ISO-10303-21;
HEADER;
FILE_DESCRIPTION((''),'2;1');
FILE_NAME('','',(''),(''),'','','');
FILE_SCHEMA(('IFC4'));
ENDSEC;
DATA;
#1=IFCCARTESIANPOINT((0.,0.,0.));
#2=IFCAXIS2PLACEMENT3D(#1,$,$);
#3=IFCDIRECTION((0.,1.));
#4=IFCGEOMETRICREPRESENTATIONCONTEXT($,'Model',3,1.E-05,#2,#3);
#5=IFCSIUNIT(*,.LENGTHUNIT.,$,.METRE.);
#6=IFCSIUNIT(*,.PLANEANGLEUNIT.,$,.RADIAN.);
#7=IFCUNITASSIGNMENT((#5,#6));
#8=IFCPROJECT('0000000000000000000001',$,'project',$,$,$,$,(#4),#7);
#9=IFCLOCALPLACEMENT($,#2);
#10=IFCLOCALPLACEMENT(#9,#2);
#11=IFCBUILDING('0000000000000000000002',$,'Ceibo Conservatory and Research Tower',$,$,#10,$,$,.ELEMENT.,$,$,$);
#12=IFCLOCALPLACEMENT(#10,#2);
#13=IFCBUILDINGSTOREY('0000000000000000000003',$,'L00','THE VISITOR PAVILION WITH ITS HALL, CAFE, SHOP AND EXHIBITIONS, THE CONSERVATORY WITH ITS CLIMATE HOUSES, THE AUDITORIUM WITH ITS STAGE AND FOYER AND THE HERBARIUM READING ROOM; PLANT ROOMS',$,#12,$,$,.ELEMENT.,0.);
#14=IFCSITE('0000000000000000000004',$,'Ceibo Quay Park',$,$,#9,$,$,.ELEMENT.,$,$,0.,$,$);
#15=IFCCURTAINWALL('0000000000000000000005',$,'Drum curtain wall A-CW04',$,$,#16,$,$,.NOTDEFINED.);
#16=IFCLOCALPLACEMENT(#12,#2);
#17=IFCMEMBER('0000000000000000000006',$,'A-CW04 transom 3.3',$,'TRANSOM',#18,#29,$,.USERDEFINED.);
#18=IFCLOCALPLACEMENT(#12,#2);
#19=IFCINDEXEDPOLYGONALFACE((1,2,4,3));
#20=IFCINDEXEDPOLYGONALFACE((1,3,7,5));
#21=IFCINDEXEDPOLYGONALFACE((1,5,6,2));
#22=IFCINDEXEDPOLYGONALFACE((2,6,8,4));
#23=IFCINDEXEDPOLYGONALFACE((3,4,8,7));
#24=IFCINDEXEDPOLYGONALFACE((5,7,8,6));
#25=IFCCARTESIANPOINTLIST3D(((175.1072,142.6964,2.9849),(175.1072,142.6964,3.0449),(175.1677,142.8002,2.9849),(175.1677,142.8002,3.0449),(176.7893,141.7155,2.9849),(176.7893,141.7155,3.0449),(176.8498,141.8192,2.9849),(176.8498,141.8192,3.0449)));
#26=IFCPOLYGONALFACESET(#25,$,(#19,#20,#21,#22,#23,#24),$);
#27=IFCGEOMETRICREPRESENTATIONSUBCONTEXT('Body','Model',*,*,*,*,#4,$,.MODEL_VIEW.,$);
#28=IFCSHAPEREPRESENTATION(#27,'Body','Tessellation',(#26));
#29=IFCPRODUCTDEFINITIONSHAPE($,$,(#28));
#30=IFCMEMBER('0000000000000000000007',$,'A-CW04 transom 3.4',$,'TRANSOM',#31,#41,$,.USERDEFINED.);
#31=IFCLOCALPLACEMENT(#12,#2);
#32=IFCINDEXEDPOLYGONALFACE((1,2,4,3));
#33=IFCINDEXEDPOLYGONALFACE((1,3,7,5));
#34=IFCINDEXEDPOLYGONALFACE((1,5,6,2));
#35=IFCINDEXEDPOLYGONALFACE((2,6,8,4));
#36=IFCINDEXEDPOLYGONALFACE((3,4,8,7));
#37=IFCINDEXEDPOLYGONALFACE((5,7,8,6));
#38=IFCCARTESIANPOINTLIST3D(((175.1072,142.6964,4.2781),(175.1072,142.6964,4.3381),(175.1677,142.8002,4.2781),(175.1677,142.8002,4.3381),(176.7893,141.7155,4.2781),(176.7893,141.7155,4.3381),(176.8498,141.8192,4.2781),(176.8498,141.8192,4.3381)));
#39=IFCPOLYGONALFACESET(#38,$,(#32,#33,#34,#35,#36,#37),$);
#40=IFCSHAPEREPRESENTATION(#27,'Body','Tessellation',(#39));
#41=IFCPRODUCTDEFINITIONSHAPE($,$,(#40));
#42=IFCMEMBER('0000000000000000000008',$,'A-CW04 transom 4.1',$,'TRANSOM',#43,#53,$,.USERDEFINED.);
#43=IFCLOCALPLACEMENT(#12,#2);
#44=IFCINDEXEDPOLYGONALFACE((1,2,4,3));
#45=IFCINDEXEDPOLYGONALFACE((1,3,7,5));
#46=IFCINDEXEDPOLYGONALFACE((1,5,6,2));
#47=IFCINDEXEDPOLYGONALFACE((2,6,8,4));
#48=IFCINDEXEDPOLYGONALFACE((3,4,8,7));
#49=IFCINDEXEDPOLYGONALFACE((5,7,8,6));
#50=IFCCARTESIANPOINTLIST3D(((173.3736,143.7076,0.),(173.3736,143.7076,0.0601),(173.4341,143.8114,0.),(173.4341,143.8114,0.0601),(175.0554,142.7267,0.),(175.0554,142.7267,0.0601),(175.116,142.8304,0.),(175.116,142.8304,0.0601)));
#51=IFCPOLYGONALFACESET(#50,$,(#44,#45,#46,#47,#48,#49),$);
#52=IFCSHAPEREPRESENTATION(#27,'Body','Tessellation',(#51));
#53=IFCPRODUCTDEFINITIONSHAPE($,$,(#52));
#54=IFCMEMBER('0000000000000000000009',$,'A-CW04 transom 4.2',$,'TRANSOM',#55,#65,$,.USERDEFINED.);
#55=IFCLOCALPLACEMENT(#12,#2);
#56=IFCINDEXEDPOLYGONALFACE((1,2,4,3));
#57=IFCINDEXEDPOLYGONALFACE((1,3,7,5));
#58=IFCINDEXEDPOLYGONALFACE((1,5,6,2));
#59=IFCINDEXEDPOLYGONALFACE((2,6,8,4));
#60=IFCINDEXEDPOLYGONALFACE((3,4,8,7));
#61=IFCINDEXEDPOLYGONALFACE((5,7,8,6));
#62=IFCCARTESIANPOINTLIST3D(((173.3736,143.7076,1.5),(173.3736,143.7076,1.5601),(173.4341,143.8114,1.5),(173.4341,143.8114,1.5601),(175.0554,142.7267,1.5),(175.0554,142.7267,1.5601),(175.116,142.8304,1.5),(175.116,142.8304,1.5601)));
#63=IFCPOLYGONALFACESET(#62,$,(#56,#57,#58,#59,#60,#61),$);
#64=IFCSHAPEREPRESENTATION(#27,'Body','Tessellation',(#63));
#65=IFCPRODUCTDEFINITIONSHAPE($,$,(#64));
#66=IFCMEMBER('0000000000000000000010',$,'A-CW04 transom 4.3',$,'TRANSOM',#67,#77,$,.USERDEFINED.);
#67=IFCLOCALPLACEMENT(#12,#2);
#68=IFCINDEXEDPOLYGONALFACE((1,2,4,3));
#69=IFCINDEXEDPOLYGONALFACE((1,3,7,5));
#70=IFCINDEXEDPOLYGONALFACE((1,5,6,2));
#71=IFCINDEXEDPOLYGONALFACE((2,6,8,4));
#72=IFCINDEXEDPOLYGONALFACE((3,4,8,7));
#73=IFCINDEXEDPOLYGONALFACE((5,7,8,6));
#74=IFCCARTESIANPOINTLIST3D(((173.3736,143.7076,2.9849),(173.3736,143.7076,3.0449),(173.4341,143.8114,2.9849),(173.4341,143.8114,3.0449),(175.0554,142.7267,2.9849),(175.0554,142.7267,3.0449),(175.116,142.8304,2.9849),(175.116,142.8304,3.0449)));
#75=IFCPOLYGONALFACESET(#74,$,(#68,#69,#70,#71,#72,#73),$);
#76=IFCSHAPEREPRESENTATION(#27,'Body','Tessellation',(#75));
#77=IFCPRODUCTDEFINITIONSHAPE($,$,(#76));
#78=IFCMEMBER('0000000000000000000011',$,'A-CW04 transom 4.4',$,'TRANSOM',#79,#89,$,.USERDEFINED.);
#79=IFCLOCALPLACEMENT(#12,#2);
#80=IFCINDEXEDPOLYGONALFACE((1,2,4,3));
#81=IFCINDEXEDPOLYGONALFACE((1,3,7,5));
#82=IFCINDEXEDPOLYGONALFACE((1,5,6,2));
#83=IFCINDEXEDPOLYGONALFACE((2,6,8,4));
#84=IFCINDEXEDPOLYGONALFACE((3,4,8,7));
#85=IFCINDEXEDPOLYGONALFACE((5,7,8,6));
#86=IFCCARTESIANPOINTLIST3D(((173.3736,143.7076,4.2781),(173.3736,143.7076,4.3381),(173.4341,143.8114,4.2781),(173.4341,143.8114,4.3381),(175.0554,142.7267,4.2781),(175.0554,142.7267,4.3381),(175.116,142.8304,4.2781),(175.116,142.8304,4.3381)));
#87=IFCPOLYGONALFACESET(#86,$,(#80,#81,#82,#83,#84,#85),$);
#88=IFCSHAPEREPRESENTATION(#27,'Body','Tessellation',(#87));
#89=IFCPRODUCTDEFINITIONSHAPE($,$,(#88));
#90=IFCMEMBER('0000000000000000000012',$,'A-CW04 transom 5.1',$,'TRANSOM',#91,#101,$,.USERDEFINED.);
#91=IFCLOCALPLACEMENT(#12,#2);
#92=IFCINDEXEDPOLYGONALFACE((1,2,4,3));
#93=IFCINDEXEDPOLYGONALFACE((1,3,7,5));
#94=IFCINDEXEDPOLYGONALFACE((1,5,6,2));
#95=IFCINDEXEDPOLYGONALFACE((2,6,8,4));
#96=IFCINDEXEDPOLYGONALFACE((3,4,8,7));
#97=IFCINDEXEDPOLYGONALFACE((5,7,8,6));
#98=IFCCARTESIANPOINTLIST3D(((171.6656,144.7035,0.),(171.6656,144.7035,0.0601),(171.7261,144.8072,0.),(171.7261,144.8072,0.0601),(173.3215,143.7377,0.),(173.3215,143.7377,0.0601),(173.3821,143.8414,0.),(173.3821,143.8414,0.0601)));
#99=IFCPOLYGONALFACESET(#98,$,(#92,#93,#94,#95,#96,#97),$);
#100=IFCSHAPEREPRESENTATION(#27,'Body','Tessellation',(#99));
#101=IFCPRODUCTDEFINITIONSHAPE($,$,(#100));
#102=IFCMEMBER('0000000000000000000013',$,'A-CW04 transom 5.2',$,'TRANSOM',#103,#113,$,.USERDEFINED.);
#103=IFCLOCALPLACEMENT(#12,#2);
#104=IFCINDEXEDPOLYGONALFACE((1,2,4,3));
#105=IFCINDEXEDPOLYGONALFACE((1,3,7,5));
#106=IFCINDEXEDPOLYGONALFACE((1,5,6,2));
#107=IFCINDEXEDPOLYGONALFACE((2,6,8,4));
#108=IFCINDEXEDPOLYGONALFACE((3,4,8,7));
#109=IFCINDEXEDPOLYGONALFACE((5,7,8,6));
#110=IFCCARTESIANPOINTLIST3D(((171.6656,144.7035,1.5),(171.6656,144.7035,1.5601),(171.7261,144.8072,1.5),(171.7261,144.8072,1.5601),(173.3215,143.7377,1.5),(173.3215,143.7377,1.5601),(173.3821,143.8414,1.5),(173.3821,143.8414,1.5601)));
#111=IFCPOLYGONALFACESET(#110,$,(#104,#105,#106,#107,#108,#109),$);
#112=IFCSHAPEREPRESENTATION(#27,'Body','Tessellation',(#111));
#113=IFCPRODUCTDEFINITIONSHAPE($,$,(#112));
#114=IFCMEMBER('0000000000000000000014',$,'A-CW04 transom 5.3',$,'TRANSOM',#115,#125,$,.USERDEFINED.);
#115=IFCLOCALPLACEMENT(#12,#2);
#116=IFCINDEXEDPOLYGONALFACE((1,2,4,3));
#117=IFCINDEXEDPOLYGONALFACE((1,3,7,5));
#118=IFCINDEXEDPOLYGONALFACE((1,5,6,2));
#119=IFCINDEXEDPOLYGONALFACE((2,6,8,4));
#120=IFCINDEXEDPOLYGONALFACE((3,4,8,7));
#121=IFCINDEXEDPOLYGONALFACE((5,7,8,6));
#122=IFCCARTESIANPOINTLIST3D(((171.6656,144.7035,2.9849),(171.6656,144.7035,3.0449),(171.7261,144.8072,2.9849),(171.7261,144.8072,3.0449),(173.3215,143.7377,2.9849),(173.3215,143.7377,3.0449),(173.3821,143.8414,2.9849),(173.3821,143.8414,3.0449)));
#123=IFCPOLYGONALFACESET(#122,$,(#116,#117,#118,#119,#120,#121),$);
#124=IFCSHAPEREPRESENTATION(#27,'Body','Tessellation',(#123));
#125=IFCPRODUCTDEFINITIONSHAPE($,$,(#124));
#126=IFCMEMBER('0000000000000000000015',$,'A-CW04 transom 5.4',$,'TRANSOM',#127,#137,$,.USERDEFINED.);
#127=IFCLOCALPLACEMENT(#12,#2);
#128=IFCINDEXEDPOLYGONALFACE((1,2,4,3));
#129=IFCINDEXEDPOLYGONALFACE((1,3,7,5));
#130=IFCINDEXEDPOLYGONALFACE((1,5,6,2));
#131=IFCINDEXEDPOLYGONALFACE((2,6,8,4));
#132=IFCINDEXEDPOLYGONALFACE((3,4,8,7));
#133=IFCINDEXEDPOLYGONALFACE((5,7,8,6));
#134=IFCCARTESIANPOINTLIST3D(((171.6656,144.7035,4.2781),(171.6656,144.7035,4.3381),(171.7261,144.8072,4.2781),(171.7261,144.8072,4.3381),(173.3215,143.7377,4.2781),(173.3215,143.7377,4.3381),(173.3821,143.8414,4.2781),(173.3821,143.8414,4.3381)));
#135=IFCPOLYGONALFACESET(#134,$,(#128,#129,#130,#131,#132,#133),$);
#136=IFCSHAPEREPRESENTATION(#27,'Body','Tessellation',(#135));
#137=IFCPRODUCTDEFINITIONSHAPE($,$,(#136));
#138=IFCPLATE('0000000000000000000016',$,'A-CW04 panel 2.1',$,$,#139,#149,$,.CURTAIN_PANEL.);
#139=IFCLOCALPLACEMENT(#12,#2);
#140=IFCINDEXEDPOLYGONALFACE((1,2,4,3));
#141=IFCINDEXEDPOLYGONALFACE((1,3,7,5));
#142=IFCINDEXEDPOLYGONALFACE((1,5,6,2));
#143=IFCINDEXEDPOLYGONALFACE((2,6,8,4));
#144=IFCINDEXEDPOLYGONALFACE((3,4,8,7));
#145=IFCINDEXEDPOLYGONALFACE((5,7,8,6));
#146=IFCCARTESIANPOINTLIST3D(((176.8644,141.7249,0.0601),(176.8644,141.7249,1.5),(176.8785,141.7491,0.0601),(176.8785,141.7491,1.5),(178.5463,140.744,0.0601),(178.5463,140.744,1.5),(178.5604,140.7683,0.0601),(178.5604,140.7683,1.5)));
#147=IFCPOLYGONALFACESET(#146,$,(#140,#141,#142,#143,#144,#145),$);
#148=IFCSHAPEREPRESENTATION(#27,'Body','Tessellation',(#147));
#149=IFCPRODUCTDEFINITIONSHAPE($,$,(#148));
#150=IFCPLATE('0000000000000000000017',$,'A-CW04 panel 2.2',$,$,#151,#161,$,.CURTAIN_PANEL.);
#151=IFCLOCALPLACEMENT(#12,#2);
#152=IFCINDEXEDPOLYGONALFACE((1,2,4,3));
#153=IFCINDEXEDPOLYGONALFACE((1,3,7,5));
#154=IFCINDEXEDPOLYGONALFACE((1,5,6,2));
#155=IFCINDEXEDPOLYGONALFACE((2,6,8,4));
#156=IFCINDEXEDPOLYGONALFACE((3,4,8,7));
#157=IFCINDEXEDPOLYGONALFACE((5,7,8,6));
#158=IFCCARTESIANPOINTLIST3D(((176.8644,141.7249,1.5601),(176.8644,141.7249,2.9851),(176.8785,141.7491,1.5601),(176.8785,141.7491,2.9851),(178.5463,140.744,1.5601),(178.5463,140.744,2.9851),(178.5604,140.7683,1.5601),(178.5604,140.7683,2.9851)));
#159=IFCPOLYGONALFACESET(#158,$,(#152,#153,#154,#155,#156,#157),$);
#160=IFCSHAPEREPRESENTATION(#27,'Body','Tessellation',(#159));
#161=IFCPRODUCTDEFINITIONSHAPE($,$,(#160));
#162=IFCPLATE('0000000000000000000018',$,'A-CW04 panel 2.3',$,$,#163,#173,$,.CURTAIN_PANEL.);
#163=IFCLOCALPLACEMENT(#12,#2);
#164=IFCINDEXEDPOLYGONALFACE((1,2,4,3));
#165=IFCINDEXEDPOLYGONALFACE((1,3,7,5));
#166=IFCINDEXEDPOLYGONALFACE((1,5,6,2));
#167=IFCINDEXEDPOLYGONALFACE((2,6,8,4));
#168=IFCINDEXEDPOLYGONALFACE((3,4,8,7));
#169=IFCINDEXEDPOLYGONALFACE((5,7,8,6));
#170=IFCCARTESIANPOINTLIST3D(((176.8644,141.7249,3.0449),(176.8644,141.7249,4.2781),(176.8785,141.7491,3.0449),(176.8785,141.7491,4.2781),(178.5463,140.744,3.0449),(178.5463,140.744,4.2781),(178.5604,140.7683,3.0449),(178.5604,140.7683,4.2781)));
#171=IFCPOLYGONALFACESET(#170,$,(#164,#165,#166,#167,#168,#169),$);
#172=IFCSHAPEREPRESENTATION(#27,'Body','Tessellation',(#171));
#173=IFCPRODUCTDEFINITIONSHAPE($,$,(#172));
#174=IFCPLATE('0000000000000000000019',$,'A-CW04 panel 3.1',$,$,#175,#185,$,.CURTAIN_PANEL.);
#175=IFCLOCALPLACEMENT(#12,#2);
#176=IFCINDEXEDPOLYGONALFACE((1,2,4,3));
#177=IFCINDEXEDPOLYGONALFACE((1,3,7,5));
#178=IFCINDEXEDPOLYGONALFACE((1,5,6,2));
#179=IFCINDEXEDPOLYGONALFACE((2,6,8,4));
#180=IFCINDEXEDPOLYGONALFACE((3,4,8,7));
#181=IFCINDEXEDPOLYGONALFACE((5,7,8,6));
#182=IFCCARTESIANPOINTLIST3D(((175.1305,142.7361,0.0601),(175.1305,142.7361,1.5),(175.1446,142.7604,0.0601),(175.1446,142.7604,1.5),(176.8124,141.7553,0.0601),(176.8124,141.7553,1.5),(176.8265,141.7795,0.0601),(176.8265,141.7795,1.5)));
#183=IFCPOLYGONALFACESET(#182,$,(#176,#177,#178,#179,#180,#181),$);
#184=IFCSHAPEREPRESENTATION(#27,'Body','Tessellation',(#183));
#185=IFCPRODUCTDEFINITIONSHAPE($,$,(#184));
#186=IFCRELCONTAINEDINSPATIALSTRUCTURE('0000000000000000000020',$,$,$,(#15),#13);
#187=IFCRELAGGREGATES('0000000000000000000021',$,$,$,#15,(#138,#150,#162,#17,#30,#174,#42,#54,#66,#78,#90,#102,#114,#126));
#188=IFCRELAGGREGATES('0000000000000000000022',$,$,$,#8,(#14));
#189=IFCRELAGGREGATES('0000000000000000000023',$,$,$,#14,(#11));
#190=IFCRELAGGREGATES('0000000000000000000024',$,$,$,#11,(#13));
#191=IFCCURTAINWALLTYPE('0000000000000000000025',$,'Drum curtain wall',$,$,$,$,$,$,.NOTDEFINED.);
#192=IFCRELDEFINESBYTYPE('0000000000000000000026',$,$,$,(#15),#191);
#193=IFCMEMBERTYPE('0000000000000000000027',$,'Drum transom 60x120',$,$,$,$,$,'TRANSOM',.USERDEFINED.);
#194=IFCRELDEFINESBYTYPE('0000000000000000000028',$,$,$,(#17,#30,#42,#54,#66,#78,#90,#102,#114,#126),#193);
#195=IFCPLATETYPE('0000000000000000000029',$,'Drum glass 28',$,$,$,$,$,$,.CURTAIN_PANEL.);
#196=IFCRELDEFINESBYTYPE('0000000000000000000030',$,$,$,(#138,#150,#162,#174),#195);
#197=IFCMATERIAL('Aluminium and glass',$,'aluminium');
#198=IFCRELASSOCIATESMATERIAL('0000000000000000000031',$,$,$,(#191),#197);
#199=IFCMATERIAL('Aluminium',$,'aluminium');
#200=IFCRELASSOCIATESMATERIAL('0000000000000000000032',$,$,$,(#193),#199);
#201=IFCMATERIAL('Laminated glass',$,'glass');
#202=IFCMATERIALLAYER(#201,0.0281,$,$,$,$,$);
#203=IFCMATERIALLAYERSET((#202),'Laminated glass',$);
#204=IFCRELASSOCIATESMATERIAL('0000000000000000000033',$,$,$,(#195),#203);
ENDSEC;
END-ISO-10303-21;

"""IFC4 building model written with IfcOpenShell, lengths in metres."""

from ifc_helpers import new_model, si_unit, direction, frame, origin, origin_2d, place, context, subcontext, project, spatial, rectangle, extrude, material, layer, layer_set, material_profile, profile_set, type_object, element, aggregate, save


model = new_model("IFC4")

# Units and contexts
model_context = context("Model", 3, precision=1e-05, world=origin(), true_north=direction((0.0, 1.0)))
body_context = subcontext(model_context, "Body", "Model", "MODEL_VIEW")
ifc_project = project(units=[si_unit("LENGTHUNIT", "METRE"), si_unit("PLANEANGLEUNIT", "RADIAN")], contexts=[model_context])

# Site, building, storey
site_placement = place(None, origin())
site = spatial("IfcSite", under=ifc_project, at=site_placement, Name="Ceibo Quay Park", CompositionType="ELEMENT", RefElevation=0.0)
building_placement = place(site_placement, origin())
building = spatial("IfcBuilding", under=site, at=building_placement, Name="Ceibo Conservatory and Research Tower", CompositionType="ELEMENT")
storey_placement = place(building_placement, origin())
storey = spatial("IfcBuildingStorey", under=building, at=storey_placement, Name="L00", Description="THE VISITOR PAVILION WITH ITS HALL, CAFE, SHOP AND EXHIBITIONS, THE CONSERVATORY WITH ITS CLIMATE HOUSES, THE AUDITORIUM WITH ITS STAGE AND FOYER AND THE HERBARIUM READING ROOM; PLANT ROOMS", CompositionType="ELEMENT", Elevation=0.0)

# Curtain wall, members, plates
ifc_material_1 = material(Name="Aluminium and glass", Category="aluminium")
curtain_wall_type = type_object("IfcCurtainWallType", Name="Drum curtain wall", PredefinedType="NOTDEFINED", material=ifc_material_1)
curtain_wall_placement = place(storey_placement, origin())
curtain_wall = element("IfcCurtainWall", 1, at=curtain_wall_placement, inside=storey, type_object=curtain_wall_type, Name="Drum curtain wall A-CW04", PredefinedType="NOTDEFINED")
ifc_material_2 = material(Name="Aluminium", Category="aluminium")
ifc_material_profile_1 = material_profile(ifc_material_2, rectangle(XDim=0.1201, YDim=0.0601, at=origin_2d()), Name="AL 60x120")
ifc_profile_set_1 = profile_set([ifc_material_profile_1], Name="Aluminium")
member_type_1 = type_object("IfcMemberType", Name="Drum transom 60x120", ElementType="TRANSOM", PredefinedType="USERDEFINED", material=ifc_profile_set_1)
member_1_placement = place(storey_placement, frame((176.8196, 141.7673, 3.0149), z_axis=(-0.863843, 0.503762, 0.0), x_axis=(-0.503762, -0.863843, 0.0)))
member_1 = element("IfcMember", 2, at=member_1_placement, type_object=member_type_1, Name="A-CW04 transom 3.3", ObjectType="TRANSOM", PredefinedType="USERDEFINED", context=body_context, shape_type="SweptSolid", body=[
    extrude(rectangle(XDim=0.1201, YDim=0.0601, at=origin_2d()), origin(), (0.0, 0.0, 1.0), 1.9473),
])
member_2_placement = place(storey_placement, frame((176.8196, 141.7673, 4.3081), z_axis=(-0.863843, 0.503762, 0.0), x_axis=(-0.503762, -0.863843, 0.0)))
member_2 = element("IfcMember", 3, at=member_2_placement, type_object=member_type_1, Name="A-CW04 transom 3.4", ObjectType="TRANSOM", PredefinedType="USERDEFINED", context=body_context, shape_type="SweptSolid", body=[
    extrude(rectangle(XDim=0.1201, YDim=0.0601, at=origin_2d()), origin(), (0.0, 0.0, 1.0), 1.9473),
])
member_3_placement = place(storey_placement, frame((175.0857, 142.7786, 0.03), z_axis=(-0.863811, 0.503816, 0.0), x_axis=(-0.503816, -0.863811, 0.0)))
member_3 = element("IfcMember", 4, at=member_3_placement, type_object=member_type_1, Name="A-CW04 transom 4.1", ObjectType="TRANSOM", PredefinedType="USERDEFINED", context=body_context, shape_type="SweptSolid", body=[
    extrude(rectangle(XDim=0.1201, YDim=0.0601, at=origin_2d()), origin(), (0.0, 0.0, 1.0), 1.947),
])
member_4_placement = place(storey_placement, frame((175.0857, 142.7786, 1.53), z_axis=(-0.863811, 0.503816, 0.0), x_axis=(-0.503816, -0.863811, 0.0)))
member_4 = element("IfcMember", 5, at=member_4_placement, type_object=member_type_1, Name="A-CW04 transom 4.2", ObjectType="TRANSOM", PredefinedType="USERDEFINED", context=body_context, shape_type="SweptSolid", body=[
    extrude(rectangle(XDim=0.1201, YDim=0.0601, at=origin_2d()), origin(), (0.0, 0.0, 1.0), 1.947),
])
member_5_placement = place(storey_placement, frame((175.0857, 142.7786, 3.0149), z_axis=(-0.863811, 0.503816, 0.0), x_axis=(-0.503816, -0.863811, 0.0)))
member_5 = element("IfcMember", 6, at=member_5_placement, type_object=member_type_1, Name="A-CW04 transom 4.3", ObjectType="TRANSOM", PredefinedType="USERDEFINED", context=body_context, shape_type="SweptSolid", body=[
    extrude(rectangle(XDim=0.1201, YDim=0.0601, at=origin_2d()), origin(), (0.0, 0.0, 1.0), 1.947),
])
member_6_placement = place(storey_placement, frame((175.0857, 142.7786, 4.3081), z_axis=(-0.863811, 0.503816, 0.0), x_axis=(-0.503816, -0.863811, 0.0)))
member_6 = element("IfcMember", 7, at=member_6_placement, type_object=member_type_1, Name="A-CW04 transom 4.4", ObjectType="TRANSOM", PredefinedType="USERDEFINED", context=body_context, shape_type="SweptSolid", body=[
    extrude(rectangle(XDim=0.1201, YDim=0.0601, at=origin_2d()), origin(), (0.0, 0.0, 1.0), 1.947),
])
member_7_placement = place(storey_placement, frame((173.3518, 143.7896, 0.03), z_axis=(-0.86382, 0.5038, 0.0), x_axis=(-0.5038, -0.86382, 0.0)))
member_7 = element("IfcMember", 8, at=member_7_placement, type_object=member_type_1, Name="A-CW04 transom 5.1", ObjectType="TRANSOM", PredefinedType="USERDEFINED", context=body_context, shape_type="SweptSolid", body=[
    extrude(rectangle(XDim=0.1201, YDim=0.0601, at=origin_2d()), origin(), (0.0, 0.0, 1.0), 1.917),
])
member_8_placement = place(storey_placement, frame((173.3518, 143.7896, 1.53), z_axis=(-0.86382, 0.5038, 0.0), x_axis=(-0.5038, -0.86382, 0.0)))
member_8 = element("IfcMember", 9, at=member_8_placement, type_object=member_type_1, Name="A-CW04 transom 5.2", ObjectType="TRANSOM", PredefinedType="USERDEFINED", context=body_context, shape_type="SweptSolid", body=[
    extrude(rectangle(XDim=0.1201, YDim=0.0601, at=origin_2d()), origin(), (0.0, 0.0, 1.0), 1.917),
])
member_9_placement = place(storey_placement, frame((173.3518, 143.7896, 3.0149), z_axis=(-0.86382, 0.5038, 0.0), x_axis=(-0.5038, -0.86382, 0.0)))
member_9 = element("IfcMember", 10, at=member_9_placement, type_object=member_type_1, Name="A-CW04 transom 5.3", ObjectType="TRANSOM", PredefinedType="USERDEFINED", context=body_context, shape_type="SweptSolid", body=[
    extrude(rectangle(XDim=0.1201, YDim=0.0601, at=origin_2d()), origin(), (0.0, 0.0, 1.0), 1.917),
])
member_10_placement = place(storey_placement, frame((173.3518, 143.7896, 4.3081), z_axis=(-0.86382, 0.5038, 0.0), x_axis=(-0.5038, -0.86382, 0.0)))
member_10 = element("IfcMember", 11, at=member_10_placement, type_object=member_type_1, Name="A-CW04 transom 5.4", ObjectType="TRANSOM", PredefinedType="USERDEFINED", context=body_context, shape_type="SweptSolid", body=[
    extrude(rectangle(XDim=0.1201, YDim=0.0601, at=origin_2d()), origin(), (0.0, 0.0, 1.0), 1.917),
])
ifc_material_3 = material(Name="Laminated glass", Category="glass")
ifc_layer = layer(ifc_material_3, 0.0281)
ifc_layer_set = layer_set([ifc_layer], Name="Laminated glass")
plate_type = type_object("IfcPlateType", Name="Drum glass 28", PredefinedType="CURTAIN_PANEL", material=ifc_layer_set)
plate_1_placement = place(storey_placement, frame((177.7124, 141.2466, 0.0601), z_axis=(0.0, 0.0, 1.0), x_axis=(-0.863836, 0.503774, 0.0)))
plate_1 = element("IfcPlate", 12, at=plate_1_placement, type_object=plate_type, Name="A-CW04 panel 2.1", PredefinedType="CURTAIN_PANEL", context=body_context, shape_type="SweptSolid", body=[
    extrude(rectangle(XDim=1.947, YDim=0.0281, at=origin_2d()), origin(), (0.0, 0.0, 1.0), 1.4399),
])
plate_2_placement = place(storey_placement, frame((177.7124, 141.2466, 1.5601), z_axis=(0.0, 0.0, 1.0), x_axis=(-0.863836, 0.503774, 0.0)))
plate_2 = element("IfcPlate", 13, at=plate_2_placement, type_object=plate_type, Name="A-CW04 panel 2.2", PredefinedType="CURTAIN_PANEL", context=body_context, shape_type="SweptSolid", body=[
    extrude(rectangle(XDim=1.947, YDim=0.0281, at=origin_2d()), origin(), (0.0, 0.0, 1.0), 1.425),
])
plate_3_placement = place(storey_placement, frame((177.7124, 141.2466, 3.0449), z_axis=(0.0, 0.0, 1.0), x_axis=(-0.863836, 0.503774, 0.0)))
plate_3 = element("IfcPlate", 14, at=plate_3_placement, type_object=plate_type, Name="A-CW04 panel 2.3", PredefinedType="CURTAIN_PANEL", context=body_context, shape_type="SweptSolid", body=[
    extrude(rectangle(XDim=1.947, YDim=0.0281, at=origin_2d()), origin(), (0.0, 0.0, 1.0), 1.2332),
])
plate_4_placement = place(storey_placement, frame((175.9785, 142.2578, 0.0601), z_axis=(0.0, 0.0, 1.0), x_axis=(-0.863836, 0.503774, 0.0)))
plate_4 = element("IfcPlate", 15, at=plate_4_placement, type_object=plate_type, Name="A-CW04 panel 3.1", PredefinedType="CURTAIN_PANEL", context=body_context, shape_type="SweptSolid", body=[
    extrude(rectangle(XDim=1.947, YDim=0.0281, at=origin_2d()), origin(), (0.0, 0.0, 1.0), 1.4399),
])
aggregate(curtain_wall, [plate_1, plate_2, plate_3, member_1, member_2, plate_4, member_3, member_4, member_5, member_6, member_7, member_8, member_9, member_10])

save(model, "model.ifc")
